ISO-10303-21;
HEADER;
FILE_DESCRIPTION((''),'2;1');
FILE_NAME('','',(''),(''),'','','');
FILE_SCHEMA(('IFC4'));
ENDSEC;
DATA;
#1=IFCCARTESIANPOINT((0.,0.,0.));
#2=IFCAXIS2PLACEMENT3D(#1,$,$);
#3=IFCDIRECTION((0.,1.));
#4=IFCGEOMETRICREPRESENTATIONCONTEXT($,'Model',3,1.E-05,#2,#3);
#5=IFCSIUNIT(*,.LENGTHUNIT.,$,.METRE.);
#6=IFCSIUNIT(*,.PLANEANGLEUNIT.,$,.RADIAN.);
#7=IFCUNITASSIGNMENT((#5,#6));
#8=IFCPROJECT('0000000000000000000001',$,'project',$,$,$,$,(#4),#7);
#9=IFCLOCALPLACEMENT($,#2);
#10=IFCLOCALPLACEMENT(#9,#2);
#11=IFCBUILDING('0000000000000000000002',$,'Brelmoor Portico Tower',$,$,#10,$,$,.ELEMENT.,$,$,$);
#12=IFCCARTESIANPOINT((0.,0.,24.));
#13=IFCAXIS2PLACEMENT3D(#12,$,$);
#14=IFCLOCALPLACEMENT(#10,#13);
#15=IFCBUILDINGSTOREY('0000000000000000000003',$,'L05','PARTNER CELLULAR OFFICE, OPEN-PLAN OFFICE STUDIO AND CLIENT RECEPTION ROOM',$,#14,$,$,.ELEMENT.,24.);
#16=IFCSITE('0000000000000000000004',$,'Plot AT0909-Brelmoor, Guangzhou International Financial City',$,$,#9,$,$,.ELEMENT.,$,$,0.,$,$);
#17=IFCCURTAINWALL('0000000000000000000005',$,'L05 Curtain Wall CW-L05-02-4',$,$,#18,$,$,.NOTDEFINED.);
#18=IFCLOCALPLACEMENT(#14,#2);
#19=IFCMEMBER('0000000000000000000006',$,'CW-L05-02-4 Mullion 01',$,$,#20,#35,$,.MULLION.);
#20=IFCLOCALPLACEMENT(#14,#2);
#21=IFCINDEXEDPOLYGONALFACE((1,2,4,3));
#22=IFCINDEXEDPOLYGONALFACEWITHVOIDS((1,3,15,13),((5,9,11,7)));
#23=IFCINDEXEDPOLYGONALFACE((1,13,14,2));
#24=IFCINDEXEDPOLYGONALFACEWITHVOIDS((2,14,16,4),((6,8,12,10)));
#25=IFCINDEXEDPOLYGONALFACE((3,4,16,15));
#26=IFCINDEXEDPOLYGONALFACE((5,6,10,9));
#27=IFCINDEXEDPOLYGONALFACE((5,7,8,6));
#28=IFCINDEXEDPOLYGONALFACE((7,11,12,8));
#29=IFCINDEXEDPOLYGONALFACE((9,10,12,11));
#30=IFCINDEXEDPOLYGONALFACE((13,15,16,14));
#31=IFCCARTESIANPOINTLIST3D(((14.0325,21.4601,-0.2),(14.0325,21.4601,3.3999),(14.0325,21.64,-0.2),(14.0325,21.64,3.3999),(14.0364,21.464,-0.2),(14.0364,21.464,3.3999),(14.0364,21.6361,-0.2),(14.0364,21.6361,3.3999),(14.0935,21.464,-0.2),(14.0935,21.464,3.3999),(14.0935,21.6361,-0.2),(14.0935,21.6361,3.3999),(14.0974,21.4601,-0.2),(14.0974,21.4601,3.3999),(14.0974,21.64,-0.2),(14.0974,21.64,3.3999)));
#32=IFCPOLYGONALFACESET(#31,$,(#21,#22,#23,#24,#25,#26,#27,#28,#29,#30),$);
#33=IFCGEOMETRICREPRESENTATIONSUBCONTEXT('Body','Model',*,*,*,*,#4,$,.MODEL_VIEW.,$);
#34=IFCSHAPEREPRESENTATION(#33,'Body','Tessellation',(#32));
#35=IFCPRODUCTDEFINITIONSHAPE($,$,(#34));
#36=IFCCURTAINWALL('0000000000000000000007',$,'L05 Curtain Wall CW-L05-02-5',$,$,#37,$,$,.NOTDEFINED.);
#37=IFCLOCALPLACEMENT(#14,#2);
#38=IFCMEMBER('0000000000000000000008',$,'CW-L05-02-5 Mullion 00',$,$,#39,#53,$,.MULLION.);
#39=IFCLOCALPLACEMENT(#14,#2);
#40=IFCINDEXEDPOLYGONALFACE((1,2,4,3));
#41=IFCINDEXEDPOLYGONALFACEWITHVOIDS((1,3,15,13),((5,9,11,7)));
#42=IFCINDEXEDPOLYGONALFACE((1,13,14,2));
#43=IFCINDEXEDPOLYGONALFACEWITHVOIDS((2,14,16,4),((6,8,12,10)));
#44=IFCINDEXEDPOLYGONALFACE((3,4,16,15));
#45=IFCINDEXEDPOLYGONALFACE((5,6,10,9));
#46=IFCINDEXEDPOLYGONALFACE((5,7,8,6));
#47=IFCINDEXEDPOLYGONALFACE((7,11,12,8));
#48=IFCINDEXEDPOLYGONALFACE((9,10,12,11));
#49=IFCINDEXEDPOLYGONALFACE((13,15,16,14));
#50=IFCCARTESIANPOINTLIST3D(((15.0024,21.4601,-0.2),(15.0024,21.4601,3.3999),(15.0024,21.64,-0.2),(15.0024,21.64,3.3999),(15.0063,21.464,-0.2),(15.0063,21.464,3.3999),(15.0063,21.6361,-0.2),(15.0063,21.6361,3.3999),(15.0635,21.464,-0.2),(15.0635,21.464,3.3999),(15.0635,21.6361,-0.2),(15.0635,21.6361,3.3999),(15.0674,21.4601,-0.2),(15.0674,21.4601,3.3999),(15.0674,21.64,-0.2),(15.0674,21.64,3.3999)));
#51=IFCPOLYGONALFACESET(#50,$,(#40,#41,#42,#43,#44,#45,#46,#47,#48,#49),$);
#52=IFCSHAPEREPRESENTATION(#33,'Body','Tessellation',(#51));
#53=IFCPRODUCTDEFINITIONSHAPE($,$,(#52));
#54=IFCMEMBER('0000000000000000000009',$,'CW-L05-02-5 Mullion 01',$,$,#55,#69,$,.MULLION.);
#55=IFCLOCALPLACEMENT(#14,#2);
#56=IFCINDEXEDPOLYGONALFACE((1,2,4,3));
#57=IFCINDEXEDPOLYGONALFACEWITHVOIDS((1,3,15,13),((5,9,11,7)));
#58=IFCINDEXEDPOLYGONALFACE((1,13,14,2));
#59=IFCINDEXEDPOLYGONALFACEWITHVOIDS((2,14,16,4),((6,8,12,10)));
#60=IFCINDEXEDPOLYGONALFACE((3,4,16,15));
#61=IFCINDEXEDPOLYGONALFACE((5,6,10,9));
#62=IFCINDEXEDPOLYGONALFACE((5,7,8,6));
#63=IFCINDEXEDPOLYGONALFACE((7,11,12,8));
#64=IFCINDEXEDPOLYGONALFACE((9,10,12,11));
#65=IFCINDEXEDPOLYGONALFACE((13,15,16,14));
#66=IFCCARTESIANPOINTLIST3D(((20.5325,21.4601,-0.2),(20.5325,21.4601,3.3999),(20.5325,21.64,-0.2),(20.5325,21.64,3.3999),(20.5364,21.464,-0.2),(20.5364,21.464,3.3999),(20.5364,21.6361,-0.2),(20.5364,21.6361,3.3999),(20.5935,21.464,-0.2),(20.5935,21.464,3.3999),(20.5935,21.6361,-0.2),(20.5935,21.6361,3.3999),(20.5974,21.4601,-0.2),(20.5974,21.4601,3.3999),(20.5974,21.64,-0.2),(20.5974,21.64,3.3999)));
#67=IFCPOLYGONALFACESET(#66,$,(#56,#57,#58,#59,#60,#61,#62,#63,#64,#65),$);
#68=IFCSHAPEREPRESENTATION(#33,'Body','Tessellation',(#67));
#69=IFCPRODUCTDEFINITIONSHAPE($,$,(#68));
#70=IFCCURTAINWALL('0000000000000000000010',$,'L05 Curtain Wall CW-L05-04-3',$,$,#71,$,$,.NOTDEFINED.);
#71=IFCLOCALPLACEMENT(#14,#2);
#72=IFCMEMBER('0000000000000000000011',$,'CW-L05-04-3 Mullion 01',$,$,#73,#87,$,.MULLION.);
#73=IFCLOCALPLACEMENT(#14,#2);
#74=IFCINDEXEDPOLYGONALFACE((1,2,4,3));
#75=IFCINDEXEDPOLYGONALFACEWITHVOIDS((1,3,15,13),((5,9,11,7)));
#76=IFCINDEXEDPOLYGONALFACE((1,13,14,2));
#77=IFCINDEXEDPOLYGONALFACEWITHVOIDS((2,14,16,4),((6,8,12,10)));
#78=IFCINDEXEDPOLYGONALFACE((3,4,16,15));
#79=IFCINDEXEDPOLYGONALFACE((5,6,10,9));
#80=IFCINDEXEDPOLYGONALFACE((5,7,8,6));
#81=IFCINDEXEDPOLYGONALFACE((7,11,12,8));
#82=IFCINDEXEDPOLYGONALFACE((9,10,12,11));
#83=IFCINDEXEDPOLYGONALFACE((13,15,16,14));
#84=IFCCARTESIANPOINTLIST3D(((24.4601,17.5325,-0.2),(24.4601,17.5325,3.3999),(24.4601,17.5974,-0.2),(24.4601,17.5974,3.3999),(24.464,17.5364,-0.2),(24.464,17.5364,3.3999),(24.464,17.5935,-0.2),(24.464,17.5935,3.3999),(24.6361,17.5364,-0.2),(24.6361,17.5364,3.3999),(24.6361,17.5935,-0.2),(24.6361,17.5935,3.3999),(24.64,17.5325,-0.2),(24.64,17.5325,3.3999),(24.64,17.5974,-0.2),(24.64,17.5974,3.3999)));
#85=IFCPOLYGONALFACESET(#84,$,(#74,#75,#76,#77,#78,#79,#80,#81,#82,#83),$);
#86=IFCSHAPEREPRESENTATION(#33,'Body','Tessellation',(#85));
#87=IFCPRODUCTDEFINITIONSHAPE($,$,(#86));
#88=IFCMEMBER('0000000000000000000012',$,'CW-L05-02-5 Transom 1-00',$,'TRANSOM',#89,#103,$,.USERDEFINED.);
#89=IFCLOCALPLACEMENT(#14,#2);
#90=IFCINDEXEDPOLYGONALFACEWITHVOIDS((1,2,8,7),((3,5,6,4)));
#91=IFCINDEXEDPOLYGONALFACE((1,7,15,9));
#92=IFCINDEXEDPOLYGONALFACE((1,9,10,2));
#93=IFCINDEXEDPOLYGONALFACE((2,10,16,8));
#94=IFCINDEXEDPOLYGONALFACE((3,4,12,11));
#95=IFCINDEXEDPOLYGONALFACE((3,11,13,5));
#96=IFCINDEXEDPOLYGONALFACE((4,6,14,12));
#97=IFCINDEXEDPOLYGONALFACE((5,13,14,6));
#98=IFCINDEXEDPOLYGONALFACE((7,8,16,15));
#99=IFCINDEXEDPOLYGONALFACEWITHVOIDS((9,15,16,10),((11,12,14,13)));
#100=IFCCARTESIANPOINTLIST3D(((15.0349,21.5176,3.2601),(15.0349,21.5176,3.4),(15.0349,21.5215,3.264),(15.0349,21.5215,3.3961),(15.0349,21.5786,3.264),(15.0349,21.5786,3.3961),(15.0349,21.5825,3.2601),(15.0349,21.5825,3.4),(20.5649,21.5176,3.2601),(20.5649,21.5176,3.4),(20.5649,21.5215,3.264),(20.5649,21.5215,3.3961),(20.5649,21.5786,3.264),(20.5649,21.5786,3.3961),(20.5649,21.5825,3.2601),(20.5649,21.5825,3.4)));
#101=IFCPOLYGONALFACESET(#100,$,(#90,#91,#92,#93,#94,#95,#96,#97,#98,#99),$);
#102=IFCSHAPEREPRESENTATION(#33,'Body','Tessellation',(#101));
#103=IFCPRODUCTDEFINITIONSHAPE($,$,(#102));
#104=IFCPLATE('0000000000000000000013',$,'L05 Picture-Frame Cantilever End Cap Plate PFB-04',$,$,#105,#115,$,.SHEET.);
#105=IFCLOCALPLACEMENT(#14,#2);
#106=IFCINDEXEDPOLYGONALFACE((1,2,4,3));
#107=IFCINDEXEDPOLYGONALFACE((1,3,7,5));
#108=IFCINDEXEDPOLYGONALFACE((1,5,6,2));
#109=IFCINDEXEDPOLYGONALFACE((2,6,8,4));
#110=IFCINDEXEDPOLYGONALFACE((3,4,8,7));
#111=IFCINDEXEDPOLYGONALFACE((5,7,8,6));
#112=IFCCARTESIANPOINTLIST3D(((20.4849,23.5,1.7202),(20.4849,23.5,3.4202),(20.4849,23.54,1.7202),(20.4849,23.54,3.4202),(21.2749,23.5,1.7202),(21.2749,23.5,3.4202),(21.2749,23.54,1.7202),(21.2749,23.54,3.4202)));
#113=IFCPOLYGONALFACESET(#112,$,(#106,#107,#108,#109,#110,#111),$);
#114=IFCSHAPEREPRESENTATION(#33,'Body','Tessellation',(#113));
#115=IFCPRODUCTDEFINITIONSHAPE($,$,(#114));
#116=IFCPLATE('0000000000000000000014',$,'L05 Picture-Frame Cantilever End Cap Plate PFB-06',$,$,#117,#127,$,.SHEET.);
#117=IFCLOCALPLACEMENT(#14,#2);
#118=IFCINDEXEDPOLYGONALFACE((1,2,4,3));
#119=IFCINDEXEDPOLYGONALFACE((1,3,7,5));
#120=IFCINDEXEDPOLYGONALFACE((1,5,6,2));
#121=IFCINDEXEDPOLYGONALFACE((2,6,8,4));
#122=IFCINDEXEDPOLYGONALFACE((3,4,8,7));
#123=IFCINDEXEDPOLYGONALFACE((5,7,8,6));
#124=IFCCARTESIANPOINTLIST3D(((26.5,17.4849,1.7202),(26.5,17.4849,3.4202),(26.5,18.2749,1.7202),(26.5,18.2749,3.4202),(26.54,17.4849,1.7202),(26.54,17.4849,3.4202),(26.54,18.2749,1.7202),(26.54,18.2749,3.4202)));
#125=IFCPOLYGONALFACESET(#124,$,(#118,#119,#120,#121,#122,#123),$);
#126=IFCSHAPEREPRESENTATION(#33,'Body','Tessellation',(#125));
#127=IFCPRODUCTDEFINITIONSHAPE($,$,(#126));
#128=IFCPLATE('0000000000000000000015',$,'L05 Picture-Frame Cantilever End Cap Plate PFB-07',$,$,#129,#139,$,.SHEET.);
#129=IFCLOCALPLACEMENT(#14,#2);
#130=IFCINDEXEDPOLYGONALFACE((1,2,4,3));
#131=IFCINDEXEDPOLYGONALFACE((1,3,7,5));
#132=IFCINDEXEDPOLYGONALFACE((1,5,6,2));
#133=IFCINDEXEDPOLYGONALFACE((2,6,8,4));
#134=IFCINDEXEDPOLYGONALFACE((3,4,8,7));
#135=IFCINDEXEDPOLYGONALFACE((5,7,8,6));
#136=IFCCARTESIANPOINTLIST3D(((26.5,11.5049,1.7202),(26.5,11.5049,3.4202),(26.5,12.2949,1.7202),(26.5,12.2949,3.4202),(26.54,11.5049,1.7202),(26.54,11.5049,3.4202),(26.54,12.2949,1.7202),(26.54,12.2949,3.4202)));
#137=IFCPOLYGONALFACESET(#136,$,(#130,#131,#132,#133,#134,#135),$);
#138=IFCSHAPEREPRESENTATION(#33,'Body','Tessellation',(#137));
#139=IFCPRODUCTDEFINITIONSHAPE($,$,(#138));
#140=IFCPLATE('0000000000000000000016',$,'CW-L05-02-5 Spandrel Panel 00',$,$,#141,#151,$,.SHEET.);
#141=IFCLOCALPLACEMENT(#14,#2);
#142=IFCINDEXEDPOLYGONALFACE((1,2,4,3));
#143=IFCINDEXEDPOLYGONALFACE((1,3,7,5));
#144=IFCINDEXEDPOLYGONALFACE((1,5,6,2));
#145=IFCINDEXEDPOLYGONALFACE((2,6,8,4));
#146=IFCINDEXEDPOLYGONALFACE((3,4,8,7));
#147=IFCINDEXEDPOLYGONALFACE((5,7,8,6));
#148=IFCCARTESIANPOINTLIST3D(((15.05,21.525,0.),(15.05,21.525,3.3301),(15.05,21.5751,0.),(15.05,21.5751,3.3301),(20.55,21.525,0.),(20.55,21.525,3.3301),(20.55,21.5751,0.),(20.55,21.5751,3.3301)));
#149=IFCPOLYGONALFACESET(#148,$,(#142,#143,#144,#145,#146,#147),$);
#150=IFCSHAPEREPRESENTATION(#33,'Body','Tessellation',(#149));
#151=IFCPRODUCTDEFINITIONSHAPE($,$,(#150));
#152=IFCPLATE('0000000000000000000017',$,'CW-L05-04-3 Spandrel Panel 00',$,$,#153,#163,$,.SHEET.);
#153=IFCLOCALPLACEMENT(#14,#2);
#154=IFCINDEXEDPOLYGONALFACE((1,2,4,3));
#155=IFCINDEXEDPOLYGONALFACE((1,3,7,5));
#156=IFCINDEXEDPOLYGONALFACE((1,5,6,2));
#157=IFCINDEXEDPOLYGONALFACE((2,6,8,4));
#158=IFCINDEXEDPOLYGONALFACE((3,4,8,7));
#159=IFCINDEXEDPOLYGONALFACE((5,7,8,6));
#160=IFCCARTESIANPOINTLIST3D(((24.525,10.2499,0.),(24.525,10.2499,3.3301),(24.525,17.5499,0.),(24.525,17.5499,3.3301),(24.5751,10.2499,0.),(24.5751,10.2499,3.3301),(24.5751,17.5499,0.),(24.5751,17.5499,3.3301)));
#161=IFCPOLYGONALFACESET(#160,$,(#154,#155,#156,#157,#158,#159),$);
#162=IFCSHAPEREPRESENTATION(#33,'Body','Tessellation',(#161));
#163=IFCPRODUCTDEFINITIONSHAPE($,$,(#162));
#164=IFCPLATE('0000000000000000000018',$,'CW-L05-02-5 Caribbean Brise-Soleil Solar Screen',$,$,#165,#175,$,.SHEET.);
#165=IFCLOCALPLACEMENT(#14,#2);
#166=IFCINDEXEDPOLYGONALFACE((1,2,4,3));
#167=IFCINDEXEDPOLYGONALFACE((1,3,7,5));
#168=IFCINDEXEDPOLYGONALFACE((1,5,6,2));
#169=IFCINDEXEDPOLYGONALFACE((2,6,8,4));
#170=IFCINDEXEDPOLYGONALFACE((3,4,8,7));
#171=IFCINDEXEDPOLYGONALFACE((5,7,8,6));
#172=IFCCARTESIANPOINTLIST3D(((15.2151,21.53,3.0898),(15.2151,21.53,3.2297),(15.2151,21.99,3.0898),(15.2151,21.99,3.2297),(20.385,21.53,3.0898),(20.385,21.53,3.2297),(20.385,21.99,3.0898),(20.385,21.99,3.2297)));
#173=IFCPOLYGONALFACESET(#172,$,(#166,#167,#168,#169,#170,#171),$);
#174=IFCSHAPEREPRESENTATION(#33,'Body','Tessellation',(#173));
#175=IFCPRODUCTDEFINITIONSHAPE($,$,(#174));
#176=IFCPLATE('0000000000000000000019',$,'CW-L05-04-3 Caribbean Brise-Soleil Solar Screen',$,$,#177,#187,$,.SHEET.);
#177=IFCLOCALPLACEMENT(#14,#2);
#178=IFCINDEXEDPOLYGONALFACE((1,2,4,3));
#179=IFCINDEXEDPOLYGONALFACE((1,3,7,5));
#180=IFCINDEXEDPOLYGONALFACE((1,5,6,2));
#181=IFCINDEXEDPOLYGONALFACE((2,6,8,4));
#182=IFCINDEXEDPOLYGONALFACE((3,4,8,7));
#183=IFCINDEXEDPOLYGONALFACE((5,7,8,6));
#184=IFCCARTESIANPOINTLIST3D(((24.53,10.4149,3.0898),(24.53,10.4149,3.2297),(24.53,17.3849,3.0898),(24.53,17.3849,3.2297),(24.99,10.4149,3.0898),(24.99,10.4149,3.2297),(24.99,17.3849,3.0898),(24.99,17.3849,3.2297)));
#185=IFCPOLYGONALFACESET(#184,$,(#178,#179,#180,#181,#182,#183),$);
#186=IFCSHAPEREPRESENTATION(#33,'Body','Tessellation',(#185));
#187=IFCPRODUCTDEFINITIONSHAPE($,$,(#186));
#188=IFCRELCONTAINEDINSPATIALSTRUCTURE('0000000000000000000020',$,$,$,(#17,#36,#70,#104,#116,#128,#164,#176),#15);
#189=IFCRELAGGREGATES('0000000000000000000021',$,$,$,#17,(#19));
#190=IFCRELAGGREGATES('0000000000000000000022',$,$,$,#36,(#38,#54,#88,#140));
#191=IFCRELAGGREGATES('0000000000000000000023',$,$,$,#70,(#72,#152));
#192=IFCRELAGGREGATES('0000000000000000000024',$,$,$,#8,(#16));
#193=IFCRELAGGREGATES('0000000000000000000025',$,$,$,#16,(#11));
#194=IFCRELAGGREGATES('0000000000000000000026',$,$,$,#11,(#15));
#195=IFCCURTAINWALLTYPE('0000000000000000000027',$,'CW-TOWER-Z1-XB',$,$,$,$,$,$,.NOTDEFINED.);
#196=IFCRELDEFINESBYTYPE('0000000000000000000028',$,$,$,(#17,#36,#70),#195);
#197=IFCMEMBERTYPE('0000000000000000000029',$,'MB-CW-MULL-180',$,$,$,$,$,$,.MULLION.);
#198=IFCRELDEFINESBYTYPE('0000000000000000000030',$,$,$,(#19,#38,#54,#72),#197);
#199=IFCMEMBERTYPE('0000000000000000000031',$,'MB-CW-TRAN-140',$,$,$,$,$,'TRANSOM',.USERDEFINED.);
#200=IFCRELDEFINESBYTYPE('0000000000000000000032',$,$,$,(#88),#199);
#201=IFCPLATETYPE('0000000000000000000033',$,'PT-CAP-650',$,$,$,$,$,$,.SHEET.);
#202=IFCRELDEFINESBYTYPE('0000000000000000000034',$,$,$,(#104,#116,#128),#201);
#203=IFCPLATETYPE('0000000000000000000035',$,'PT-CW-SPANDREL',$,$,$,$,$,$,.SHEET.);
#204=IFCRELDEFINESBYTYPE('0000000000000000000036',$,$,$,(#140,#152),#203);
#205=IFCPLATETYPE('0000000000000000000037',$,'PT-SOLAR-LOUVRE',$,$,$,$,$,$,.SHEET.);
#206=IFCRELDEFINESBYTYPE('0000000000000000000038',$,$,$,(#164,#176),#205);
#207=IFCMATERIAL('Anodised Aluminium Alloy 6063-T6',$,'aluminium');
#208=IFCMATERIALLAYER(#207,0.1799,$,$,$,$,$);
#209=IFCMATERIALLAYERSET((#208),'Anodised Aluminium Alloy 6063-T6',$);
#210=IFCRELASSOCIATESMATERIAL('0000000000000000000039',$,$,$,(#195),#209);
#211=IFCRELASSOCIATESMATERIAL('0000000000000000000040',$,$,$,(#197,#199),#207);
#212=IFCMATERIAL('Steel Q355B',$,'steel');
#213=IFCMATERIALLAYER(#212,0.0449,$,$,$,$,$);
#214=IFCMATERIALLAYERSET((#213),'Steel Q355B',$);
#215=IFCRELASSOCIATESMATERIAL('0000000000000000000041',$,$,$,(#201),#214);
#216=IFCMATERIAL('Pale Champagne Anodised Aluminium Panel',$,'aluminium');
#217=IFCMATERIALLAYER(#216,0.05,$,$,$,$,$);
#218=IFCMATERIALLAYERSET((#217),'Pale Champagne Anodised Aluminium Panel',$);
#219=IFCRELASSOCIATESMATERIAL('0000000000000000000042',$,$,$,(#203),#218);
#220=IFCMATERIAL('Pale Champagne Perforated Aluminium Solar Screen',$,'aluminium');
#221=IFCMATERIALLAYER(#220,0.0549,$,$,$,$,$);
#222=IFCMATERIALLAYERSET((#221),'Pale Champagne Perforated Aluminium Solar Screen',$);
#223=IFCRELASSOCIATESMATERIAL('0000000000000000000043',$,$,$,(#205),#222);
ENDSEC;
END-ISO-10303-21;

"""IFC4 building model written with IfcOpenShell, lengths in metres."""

from ifc_helpers import new_model, si_unit, direction, frame, origin, origin_2d, place, context, subcontext, project, spatial, rectangle, hollow_rectangle, extrude, material, layer, layer_set, material_profile, profile_set, type_object, element, aggregate, save


model = new_model("IFC4")

# Units and contexts
model_context = context("Model", 3, precision=1e-05, world=origin(), true_north=direction((0.0, 1.0)))
body_context = subcontext(model_context, "Body", "Model", "MODEL_VIEW")
ifc_project = project(units=[si_unit("LENGTHUNIT", "METRE"), si_unit("PLANEANGLEUNIT", "RADIAN")], contexts=[model_context])

# Site, building, storey
site_placement = place(None, origin())
site = spatial("IfcSite", under=ifc_project, at=site_placement, Name="Plot AT0909-Brelmoor, Guangzhou International Financial City", CompositionType="ELEMENT", RefElevation=0.0)
building_placement = place(site_placement, origin())
building = spatial("IfcBuilding", under=site, at=building_placement, Name="Brelmoor Portico Tower", CompositionType="ELEMENT")
storey_placement = place(building_placement, frame((0.0, 0.0, 24.0)))
storey = spatial("IfcBuildingStorey", under=building, at=storey_placement, Name="L05", Description="PARTNER CELLULAR OFFICE, OPEN-PLAN OFFICE STUDIO AND CLIENT RECEPTION ROOM", CompositionType="ELEMENT", Elevation=24.0)

# Shared definitions
ifc_material_1 = material(Name="Steel Q355B", Category="steel")

# Curtain wall, member
ifc_material_2 = material(Name="Anodised Aluminium Alloy 6063-T6", Category="aluminium")
ifc_layer_1 = layer(ifc_material_2, 0.1799)
ifc_layer_set_1 = layer_set([ifc_layer_1], Name="Anodised Aluminium Alloy 6063-T6")
curtain_wall_type = type_object("IfcCurtainWallType", Name="CW-TOWER-Z1-XB", PredefinedType="NOTDEFINED", material=ifc_layer_set_1)
curtain_wall_1_placement = place(storey_placement, origin())
curtain_wall_1 = element("IfcCurtainWall", 1, at=curtain_wall_1_placement, inside=storey, type_object=curtain_wall_type, Name="L05 Curtain Wall CW-L05-02-4", PredefinedType="NOTDEFINED")
ifc_material_profile_1 = material_profile(ifc_material_2, hollow_rectangle(XDim=0.0649, YDim=0.1799, WallThickness=0.0039, at=origin_2d()), Name="ALU MULLION 65x180")
ifc_profile_set_1 = profile_set([ifc_material_profile_1], Name="Anodised Aluminium Alloy 6063-T6")
member_type_1 = type_object("IfcMemberType", Name="MB-CW-MULL-180", PredefinedType="MULLION", material=ifc_profile_set_1)
member_1_placement = place(storey_placement, frame((14.0649, 21.55, -0.2), z_axis=(0.0, 0.0, 1.0), x_axis=(1.0, 0.0, 0.0)))
member_1 = element("IfcMember", 2, at=member_1_placement, type_object=member_type_1, Name="CW-L05-02-4 Mullion 01", PredefinedType="MULLION", context=body_context, shape_type="SweptSolid", body=[
    extrude(hollow_rectangle(XDim=0.0649, YDim=0.1799, WallThickness=0.0039, at=origin_2d()), origin(), (0.0, 0.0, 1.0), 3.5999),
])
aggregate(curtain_wall_1, [member_1])

# Curtain wall, members
curtain_wall_2_placement = place(storey_placement, origin())
curtain_wall_2 = element("IfcCurtainWall", 3, at=curtain_wall_2_placement, inside=storey, type_object=curtain_wall_type, Name="L05 Curtain Wall CW-L05-02-5", PredefinedType="NOTDEFINED")
member_2_placement = place(storey_placement, frame((15.0349, 21.55, -0.2), z_axis=(0.0, 0.0, 1.0), x_axis=(1.0, 0.0, 0.0)))
member_2 = element("IfcMember", 4, at=member_2_placement, type_object=member_type_1, Name="CW-L05-02-5 Mullion 00", PredefinedType="MULLION", context=body_context, shape_type="SweptSolid", body=[
    extrude(hollow_rectangle(XDim=0.0649, YDim=0.1799, WallThickness=0.0039, at=origin_2d()), origin(), (0.0, 0.0, 1.0), 3.5999),
])
member_3_placement = place(storey_placement, frame((20.5649, 21.55, -0.2), z_axis=(0.0, 0.0, 1.0), x_axis=(1.0, 0.0, 0.0)))
member_3 = element("IfcMember", 5, at=member_3_placement, type_object=member_type_1, Name="CW-L05-02-5 Mullion 01", PredefinedType="MULLION", context=body_context, shape_type="SweptSolid", body=[
    extrude(hollow_rectangle(XDim=0.0649, YDim=0.1799, WallThickness=0.0039, at=origin_2d()), origin(), (0.0, 0.0, 1.0), 3.5999),
])

# Curtain wall, member
curtain_wall_3_placement = place(storey_placement, origin())
curtain_wall_3 = element("IfcCurtainWall", 6, at=curtain_wall_3_placement, inside=storey, type_object=curtain_wall_type, Name="L05 Curtain Wall CW-L05-04-3", PredefinedType="NOTDEFINED")
member_4_placement = place(storey_placement, frame((24.55, 17.5649, -0.2), z_axis=(0.0, 0.0, 1.0), x_axis=(0.0, 1.0, 0.0)))
member_4 = element("IfcMember", 7, at=member_4_placement, type_object=member_type_1, Name="CW-L05-04-3 Mullion 01", PredefinedType="MULLION", context=body_context, shape_type="SweptSolid", body=[
    extrude(hollow_rectangle(XDim=0.0649, YDim=0.1799, WallThickness=0.0039, at=origin_2d()), origin(), (0.0, 0.0, 1.0), 3.5999),
])

# Member
ifc_material_profile_2 = material_profile(ifc_material_2, hollow_rectangle(XDim=0.0649, YDim=0.1399, WallThickness=0.0039, at=origin_2d()), Name="ALU TRANSOM 65x140")
ifc_profile_set_2 = profile_set([ifc_material_profile_2], Name="Anodised Aluminium Alloy 6063-T6")
member_type_2 = type_object("IfcMemberType", Name="MB-CW-TRAN-140", ElementType="TRANSOM", PredefinedType="USERDEFINED", material=ifc_profile_set_2)
member_5_placement = place(storey_placement, frame((15.0349, 21.55, 3.3301), z_axis=(1.0, 0.0, 0.0), x_axis=(0.0, 1.0, 0.0)))
member_5 = element("IfcMember", 8, at=member_5_placement, type_object=member_type_2, Name="CW-L05-02-5 Transom 1-00", ObjectType="TRANSOM", PredefinedType="USERDEFINED", context=body_context, shape_type="SweptSolid", body=[
    extrude(hollow_rectangle(XDim=0.0649, YDim=0.1399, WallThickness=0.0039, at=origin_2d()), origin(), (0.0, 0.0, 1.0), 5.53),
])

# Plates
ifc_layer_2 = layer(ifc_material_1, 0.0449)
ifc_layer_set_2 = layer_set([ifc_layer_2], Name="Steel Q355B")
plate_type_1 = type_object("IfcPlateType", Name="PT-CAP-650", PredefinedType="SHEET", material=ifc_layer_set_2)
plate_1_placement = place(storey_placement, frame((20.8799, 23.52, 1.7202), z_axis=(0.0, 0.0, 1.0), x_axis=(1.0, 0.0, 0.0)))
element("IfcPlate", 9, at=plate_1_placement, inside=storey, type_object=plate_type_1, Name="L05 Picture-Frame Cantilever End Cap Plate PFB-04", PredefinedType="SHEET", context=body_context, shape_type="SweptSolid", body=[
    extrude(rectangle(XDim=0.79, YDim=0.04, at=origin_2d()), origin(), (0.0, 0.0, 1.0), 1.7),
])
for number, where, z_axis, x_axis, name in (
    (10, (26.52, 17.8799, 1.7202), (0.0, 0.0, 1.0), (1.0, 0.0, 0.0), "L05 Picture-Frame Cantilever End Cap Plate PFB-06"),
    (11, (26.52, 11.8999, 1.7202), (0.0, 0.0, 1.0), (1.0, 0.0, 0.0), "L05 Picture-Frame Cantilever End Cap Plate PFB-07"),
):
    element("IfcPlate", number, at=place(storey_placement, frame(where, z_axis=z_axis, x_axis=x_axis)), inside=storey, type_object=plate_type_1, Name=name, PredefinedType="SHEET", context=body_context, shape_type="SweptSolid", body=[
        extrude(rectangle(XDim=0.04, YDim=0.79, at=origin_2d()), origin(), (0.0, 0.0, 1.0), 1.7),
    ])

# Plates
ifc_material_3 = material(Name="Pale Champagne Anodised Aluminium Panel", Category="aluminium")
ifc_layer_3 = layer(ifc_material_3, 0.05)
ifc_layer_set_3 = layer_set([ifc_layer_3], Name="Pale Champagne Anodised Aluminium Panel")
plate_type_2 = type_object("IfcPlateType", Name="PT-CW-SPANDREL", PredefinedType="SHEET", material=ifc_layer_set_3)
plate_2_placement = place(storey_placement, frame((17.8, 21.55, 0.0), z_axis=(0.0, 0.0, 1.0), x_axis=(1.0, 0.0, 0.0)))
plate_2 = element("IfcPlate", 12, at=plate_2_placement, type_object=plate_type_2, Name="CW-L05-02-5 Spandrel Panel 00", PredefinedType="SHEET", context=body_context, shape_type="SweptSolid", body=[
    extrude(rectangle(XDim=5.5, YDim=0.05, at=origin_2d()), origin(), (0.0, 0.0, 1.0), 3.3301),
])
aggregate(curtain_wall_2, [member_2, member_3, member_5, plate_2])
plate_3_placement = place(storey_placement, frame((24.55, 13.8999, 0.0), z_axis=(0.0, 0.0, 1.0), x_axis=(0.0, 1.0, 0.0)))
plate_3 = element("IfcPlate", 13, at=plate_3_placement, type_object=plate_type_2, Name="CW-L05-04-3 Spandrel Panel 00", PredefinedType="SHEET", context=body_context, shape_type="SweptSolid", body=[
    extrude(rectangle(XDim=7.3, YDim=0.05, at=origin_2d()), origin(), (0.0, 0.0, 1.0), 3.3301),
])
aggregate(curtain_wall_3, [member_4, plate_3])

# Plates
ifc_material_4 = material(Name="Pale Champagne Perforated Aluminium Solar Screen", Category="aluminium")
ifc_layer_4 = layer(ifc_material_4, 0.0549)
ifc_layer_set_4 = layer_set([ifc_layer_4], Name="Pale Champagne Perforated Aluminium Solar Screen")
plate_type_3 = type_object("IfcPlateType", Name="PT-SOLAR-LOUVRE", PredefinedType="SHEET", material=ifc_layer_set_4)
plate_4_placement = place(storey_placement, frame((17.8, 21.76, 3.0898), z_axis=(0.0, 0.0, 1.0), x_axis=(1.0, 0.0, 0.0)))
element("IfcPlate", 14, at=plate_4_placement, inside=storey, type_object=plate_type_3, Name="CW-L05-02-5 Caribbean Brise-Soleil Solar Screen", PredefinedType="SHEET", context=body_context, shape_type="SweptSolid", body=[
    extrude(rectangle(XDim=5.1699, YDim=0.46, at=origin_2d()), origin(), (0.0, 0.0, 1.0), 0.1399),
])
plate_5_placement = place(storey_placement, frame((24.76, 13.8999, 3.0898), z_axis=(0.0, 0.0, 1.0), x_axis=(0.0, 1.0, 0.0)))
element("IfcPlate", 15, at=plate_5_placement, inside=storey, type_object=plate_type_3, Name="CW-L05-04-3 Caribbean Brise-Soleil Solar Screen", PredefinedType="SHEET", context=body_context, shape_type="SweptSolid", body=[
    extrude(rectangle(XDim=6.97, YDim=0.46, at=origin_2d()), origin(), (0.0, 0.0, 1.0), 0.1399),
])

save(model, "model.ifc")
